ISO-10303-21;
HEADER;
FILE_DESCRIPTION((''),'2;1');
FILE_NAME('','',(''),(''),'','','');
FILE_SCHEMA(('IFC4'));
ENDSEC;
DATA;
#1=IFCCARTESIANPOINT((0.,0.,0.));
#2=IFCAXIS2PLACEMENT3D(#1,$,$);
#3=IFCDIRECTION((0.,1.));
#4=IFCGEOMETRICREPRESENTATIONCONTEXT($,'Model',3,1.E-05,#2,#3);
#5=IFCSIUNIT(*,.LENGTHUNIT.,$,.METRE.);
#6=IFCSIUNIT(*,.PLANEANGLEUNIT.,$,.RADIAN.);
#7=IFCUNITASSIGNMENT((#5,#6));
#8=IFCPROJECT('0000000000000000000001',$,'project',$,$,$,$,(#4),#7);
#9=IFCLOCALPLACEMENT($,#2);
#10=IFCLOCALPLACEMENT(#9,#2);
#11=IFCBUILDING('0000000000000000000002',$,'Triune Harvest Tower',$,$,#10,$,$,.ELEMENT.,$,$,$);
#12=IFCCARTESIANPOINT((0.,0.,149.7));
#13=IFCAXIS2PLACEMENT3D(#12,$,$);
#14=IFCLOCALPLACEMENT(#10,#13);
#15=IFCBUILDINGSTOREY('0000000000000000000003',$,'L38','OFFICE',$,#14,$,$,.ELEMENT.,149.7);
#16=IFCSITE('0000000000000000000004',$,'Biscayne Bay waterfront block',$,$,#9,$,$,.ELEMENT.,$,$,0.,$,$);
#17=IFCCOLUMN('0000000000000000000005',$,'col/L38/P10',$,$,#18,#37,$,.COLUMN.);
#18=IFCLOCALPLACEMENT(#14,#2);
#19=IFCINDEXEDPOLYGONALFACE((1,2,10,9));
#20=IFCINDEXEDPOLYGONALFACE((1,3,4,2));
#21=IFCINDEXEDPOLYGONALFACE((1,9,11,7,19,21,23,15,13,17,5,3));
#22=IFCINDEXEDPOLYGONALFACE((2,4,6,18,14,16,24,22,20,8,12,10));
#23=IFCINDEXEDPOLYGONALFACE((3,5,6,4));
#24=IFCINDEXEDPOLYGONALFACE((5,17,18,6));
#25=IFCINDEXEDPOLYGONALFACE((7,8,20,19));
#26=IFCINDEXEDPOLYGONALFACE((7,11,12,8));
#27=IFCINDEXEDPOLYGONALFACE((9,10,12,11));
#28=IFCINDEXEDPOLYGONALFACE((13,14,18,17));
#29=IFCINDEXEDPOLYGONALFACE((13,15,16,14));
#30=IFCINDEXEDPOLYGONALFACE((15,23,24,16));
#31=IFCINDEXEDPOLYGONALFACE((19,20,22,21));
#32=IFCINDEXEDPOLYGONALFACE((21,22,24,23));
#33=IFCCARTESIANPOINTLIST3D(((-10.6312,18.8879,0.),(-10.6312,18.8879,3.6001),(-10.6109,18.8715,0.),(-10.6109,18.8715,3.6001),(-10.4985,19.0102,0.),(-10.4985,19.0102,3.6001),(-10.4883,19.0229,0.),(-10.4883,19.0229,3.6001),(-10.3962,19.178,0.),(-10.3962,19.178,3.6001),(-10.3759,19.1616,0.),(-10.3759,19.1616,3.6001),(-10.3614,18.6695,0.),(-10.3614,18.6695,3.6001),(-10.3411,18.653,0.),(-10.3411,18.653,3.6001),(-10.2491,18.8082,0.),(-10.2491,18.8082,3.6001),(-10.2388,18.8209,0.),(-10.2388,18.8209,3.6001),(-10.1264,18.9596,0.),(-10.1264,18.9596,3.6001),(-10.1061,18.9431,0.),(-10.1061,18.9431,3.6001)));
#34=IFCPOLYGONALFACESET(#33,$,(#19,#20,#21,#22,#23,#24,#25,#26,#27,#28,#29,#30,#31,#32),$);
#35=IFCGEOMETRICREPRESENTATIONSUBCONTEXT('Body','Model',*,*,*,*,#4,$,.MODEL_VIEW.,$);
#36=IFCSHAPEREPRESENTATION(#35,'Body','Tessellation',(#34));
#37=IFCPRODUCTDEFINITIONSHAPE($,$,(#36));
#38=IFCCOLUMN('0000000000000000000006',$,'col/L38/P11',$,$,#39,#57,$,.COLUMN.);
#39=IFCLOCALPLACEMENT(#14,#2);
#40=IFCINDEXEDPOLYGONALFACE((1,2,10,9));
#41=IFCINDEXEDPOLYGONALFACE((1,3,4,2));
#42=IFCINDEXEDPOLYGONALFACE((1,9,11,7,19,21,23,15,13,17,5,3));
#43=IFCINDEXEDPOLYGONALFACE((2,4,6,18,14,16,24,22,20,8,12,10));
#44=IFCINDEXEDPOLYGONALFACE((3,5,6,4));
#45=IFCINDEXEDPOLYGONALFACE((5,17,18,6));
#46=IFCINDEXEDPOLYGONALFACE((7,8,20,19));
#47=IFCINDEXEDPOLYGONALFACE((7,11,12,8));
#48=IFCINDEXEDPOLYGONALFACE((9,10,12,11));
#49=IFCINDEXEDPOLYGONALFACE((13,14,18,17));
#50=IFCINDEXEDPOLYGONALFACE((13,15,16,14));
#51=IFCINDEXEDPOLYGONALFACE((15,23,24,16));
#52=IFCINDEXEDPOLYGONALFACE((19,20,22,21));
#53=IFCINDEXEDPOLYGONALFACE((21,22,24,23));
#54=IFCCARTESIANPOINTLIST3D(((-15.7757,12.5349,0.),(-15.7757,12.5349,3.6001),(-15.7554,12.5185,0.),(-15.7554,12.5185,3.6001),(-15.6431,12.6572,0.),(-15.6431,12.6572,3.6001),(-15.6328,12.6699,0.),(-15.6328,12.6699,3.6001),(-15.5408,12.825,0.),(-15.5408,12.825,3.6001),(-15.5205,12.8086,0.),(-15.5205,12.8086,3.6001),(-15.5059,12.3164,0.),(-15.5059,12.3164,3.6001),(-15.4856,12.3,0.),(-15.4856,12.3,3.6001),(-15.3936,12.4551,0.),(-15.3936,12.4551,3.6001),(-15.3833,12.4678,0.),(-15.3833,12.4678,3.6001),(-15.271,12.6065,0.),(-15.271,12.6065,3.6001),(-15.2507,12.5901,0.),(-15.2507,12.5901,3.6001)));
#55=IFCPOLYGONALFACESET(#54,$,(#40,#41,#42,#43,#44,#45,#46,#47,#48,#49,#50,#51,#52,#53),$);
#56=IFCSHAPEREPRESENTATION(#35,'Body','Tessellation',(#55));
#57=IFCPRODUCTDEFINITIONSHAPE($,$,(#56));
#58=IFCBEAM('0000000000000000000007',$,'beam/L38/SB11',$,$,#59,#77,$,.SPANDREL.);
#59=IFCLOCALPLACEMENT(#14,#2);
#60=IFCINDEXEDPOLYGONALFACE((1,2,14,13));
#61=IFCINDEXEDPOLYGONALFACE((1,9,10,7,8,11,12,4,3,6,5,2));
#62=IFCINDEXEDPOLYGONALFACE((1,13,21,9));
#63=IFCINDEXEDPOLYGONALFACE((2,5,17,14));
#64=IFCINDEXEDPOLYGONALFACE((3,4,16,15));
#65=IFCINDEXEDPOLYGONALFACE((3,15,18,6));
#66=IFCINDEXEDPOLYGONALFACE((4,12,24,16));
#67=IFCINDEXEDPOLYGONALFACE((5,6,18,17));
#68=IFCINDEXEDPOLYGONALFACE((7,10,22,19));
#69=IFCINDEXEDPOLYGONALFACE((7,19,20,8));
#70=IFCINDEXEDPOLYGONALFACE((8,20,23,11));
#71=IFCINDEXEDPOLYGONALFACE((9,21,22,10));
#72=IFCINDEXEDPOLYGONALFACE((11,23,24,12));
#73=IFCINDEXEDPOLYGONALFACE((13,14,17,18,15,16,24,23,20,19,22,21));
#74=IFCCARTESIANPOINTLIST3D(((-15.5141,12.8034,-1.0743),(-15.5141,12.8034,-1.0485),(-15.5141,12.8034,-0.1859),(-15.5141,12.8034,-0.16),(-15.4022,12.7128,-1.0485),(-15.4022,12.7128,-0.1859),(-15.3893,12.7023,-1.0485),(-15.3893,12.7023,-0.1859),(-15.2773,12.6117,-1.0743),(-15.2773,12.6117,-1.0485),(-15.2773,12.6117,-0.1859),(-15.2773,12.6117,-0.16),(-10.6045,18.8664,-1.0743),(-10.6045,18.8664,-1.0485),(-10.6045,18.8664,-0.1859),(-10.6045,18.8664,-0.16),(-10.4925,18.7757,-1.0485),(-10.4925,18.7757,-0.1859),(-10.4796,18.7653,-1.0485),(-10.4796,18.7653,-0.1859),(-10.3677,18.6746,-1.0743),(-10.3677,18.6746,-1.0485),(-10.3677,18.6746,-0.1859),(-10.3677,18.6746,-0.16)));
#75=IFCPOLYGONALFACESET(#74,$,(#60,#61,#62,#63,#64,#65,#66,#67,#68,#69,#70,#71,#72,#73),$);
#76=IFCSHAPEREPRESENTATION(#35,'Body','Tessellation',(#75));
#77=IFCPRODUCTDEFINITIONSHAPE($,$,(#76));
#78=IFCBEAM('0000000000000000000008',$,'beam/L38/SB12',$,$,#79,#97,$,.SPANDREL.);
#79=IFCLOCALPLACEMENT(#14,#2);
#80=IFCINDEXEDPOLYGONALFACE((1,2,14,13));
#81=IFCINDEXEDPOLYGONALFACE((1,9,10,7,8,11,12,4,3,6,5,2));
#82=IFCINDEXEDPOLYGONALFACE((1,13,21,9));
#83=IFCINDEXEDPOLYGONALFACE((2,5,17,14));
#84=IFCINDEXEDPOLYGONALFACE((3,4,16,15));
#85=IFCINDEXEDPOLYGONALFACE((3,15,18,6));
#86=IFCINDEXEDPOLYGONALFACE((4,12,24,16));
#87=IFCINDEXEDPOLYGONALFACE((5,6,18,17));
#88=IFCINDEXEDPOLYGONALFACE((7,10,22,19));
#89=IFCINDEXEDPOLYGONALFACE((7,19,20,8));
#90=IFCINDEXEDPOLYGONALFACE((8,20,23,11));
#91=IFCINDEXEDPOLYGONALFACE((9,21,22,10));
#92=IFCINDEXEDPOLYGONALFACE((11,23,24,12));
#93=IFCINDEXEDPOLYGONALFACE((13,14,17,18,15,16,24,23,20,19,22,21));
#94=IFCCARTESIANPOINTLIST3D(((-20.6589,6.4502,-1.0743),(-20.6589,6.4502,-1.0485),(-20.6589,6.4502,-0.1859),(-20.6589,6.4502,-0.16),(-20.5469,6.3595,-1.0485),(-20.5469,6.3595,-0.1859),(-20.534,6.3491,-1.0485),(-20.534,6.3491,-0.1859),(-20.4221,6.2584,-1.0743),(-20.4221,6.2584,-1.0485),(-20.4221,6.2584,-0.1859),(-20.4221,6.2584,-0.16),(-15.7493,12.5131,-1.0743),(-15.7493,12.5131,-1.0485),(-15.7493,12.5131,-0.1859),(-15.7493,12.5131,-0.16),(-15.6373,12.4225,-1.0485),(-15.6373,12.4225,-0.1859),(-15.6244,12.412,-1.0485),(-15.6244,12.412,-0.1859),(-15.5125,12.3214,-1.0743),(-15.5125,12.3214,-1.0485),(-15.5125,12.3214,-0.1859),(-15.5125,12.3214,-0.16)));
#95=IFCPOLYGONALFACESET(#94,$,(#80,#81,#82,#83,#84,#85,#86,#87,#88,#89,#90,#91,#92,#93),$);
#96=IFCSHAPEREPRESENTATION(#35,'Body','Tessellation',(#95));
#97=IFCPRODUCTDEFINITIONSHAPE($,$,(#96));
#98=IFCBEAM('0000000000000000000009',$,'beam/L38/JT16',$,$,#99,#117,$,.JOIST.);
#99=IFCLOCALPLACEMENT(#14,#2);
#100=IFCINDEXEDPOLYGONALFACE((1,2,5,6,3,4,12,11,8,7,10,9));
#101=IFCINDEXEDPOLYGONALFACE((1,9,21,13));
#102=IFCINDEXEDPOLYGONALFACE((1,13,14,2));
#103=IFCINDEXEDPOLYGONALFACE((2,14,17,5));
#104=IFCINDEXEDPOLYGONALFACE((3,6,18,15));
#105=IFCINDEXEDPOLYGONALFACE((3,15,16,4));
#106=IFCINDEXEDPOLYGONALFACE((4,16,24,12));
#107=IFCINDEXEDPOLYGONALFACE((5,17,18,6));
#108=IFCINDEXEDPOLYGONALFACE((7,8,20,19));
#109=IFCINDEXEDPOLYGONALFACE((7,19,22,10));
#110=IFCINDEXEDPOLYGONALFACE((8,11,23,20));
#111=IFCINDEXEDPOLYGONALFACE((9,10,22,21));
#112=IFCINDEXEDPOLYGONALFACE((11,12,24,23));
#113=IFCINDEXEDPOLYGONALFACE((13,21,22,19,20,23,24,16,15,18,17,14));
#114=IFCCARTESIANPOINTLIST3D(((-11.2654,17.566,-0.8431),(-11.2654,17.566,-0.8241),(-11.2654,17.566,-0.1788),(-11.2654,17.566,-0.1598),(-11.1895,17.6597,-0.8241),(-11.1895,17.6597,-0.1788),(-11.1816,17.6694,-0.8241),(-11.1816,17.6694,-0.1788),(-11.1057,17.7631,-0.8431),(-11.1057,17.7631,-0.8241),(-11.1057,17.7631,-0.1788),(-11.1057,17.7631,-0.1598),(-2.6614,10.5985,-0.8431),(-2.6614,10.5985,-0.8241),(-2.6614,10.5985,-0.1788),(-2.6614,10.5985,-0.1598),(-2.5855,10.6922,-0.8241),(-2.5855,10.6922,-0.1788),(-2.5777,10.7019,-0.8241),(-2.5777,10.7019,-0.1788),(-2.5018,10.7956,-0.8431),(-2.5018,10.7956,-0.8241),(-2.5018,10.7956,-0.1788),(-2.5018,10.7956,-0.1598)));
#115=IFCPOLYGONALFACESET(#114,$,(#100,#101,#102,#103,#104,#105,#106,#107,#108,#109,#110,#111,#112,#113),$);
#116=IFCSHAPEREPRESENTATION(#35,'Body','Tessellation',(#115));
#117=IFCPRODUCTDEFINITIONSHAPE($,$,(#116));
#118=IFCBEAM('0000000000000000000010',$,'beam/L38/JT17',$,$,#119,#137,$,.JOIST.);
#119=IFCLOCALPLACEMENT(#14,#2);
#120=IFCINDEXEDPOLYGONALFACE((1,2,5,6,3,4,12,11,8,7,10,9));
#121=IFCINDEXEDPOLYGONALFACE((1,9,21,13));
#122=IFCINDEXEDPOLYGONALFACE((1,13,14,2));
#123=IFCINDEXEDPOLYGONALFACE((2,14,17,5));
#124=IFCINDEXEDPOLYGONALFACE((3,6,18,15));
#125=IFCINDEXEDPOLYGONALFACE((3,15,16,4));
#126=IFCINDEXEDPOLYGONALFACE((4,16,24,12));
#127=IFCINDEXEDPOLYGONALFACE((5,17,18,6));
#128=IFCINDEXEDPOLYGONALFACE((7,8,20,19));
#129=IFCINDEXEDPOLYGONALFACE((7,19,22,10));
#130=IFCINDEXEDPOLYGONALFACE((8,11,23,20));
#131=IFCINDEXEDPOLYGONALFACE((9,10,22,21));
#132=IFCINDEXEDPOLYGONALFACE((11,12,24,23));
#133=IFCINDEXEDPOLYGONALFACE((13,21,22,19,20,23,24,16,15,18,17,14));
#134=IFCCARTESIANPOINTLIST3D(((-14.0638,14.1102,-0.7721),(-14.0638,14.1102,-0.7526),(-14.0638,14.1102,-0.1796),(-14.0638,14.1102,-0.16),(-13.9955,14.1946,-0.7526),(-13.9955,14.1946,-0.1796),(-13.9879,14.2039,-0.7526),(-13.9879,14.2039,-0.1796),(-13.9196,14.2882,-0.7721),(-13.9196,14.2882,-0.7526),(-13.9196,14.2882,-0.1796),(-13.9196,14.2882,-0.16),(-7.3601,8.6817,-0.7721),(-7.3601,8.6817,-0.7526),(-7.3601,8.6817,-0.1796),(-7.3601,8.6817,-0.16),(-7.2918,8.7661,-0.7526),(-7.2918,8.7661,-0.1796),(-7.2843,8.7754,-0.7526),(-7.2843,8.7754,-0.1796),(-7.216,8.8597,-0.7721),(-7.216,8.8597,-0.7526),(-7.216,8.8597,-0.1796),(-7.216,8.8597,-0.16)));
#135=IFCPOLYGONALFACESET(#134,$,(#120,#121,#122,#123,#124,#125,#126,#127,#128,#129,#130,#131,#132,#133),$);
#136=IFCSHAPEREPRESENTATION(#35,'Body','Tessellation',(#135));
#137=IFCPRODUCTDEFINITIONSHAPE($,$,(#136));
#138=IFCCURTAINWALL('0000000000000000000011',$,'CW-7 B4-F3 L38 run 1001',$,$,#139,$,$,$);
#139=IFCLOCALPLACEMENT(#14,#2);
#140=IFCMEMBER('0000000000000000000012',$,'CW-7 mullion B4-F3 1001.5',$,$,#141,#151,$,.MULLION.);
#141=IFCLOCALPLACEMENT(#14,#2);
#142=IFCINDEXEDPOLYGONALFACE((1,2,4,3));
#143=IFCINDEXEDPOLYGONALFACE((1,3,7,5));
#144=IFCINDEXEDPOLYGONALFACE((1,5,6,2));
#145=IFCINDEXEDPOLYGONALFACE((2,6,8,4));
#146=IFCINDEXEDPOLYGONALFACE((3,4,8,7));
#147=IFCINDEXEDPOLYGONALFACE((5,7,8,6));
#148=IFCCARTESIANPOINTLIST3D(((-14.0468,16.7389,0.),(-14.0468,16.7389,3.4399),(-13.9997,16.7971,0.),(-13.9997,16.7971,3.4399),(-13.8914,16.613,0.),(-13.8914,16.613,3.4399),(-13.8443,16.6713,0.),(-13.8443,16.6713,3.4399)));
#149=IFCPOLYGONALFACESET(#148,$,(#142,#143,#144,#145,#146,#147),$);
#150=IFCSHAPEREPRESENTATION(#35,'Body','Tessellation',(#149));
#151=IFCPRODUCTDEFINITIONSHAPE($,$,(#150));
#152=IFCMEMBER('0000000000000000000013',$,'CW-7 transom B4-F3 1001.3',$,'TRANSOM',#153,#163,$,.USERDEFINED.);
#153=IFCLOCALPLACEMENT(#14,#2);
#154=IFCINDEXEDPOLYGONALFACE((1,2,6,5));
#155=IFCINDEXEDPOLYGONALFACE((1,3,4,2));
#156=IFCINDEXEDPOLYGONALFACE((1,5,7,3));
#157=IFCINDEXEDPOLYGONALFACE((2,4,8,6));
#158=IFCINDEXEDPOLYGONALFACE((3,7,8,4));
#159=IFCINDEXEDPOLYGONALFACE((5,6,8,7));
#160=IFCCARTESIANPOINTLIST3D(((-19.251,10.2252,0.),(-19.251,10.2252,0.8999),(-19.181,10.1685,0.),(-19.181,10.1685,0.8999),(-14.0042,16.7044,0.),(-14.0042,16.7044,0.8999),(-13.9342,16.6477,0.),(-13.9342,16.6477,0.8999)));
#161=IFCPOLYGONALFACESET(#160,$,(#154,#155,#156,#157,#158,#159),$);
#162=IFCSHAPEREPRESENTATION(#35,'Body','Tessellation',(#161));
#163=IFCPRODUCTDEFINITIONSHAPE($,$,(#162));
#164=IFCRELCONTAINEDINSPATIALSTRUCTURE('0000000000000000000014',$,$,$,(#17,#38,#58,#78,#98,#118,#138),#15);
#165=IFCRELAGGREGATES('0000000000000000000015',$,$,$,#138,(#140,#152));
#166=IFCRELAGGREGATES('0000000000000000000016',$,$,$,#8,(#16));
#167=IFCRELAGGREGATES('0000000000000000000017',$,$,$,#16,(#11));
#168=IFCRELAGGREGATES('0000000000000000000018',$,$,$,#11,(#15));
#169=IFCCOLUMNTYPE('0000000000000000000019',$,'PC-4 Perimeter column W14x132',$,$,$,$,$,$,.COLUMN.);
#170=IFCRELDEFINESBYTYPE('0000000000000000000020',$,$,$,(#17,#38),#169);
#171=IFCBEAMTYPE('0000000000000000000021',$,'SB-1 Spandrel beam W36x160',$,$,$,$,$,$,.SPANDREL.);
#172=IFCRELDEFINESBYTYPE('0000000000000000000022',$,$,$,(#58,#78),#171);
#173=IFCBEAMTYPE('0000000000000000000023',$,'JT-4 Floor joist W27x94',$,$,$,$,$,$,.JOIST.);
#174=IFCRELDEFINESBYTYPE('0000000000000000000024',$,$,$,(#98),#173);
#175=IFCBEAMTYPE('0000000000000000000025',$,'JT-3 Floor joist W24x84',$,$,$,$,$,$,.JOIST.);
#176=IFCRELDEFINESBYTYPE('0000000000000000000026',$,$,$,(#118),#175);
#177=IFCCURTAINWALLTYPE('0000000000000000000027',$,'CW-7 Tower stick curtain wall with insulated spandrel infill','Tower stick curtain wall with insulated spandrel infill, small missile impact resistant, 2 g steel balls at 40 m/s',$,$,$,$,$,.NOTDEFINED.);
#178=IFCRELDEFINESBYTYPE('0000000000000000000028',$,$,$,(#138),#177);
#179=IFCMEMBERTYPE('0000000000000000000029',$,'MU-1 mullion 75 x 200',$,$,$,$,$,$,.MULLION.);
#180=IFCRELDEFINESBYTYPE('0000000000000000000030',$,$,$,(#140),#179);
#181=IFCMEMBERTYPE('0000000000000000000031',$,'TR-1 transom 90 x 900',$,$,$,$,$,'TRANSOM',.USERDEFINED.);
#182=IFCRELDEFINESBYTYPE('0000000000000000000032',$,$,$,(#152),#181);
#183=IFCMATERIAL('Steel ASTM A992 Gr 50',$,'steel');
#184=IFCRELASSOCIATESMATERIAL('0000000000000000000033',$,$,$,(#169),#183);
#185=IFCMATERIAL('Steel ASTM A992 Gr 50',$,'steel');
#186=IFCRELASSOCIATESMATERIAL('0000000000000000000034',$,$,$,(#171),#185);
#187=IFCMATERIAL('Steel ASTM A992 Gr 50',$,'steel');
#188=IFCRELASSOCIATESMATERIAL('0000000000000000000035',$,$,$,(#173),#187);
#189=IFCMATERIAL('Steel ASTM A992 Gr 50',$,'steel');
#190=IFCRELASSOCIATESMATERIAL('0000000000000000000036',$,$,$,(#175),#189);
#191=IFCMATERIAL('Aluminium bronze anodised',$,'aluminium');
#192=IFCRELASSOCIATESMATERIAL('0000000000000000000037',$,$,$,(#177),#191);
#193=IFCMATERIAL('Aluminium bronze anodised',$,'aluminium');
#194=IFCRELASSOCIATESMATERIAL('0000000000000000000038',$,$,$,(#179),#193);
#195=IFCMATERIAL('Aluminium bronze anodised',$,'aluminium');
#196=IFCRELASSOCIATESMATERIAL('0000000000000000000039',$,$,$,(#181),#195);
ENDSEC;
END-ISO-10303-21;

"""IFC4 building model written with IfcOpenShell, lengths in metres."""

from ifc_helpers import new_model, si_unit, direction, frame, origin, origin_2d, place, context, subcontext, project, spatial, rectangle, i_section, extrude, source, transform, mapped, material, material_profile, profile_set, type_object, element, aggregate, save


model = new_model("IFC4")

# Units and contexts
model_context = context("Model", 3, precision=1e-05, world=origin(), true_north=direction((0.0, 1.0)))
body_context = subcontext(model_context, "Body", "Model", "MODEL_VIEW")
ifc_project = project(units=[si_unit("LENGTHUNIT", "METRE"), si_unit("PLANEANGLEUNIT", "RADIAN")], contexts=[model_context])

# Site, building, storey
site_placement = place(None, origin())
site = spatial("IfcSite", under=ifc_project, at=site_placement, Name="Biscayne Bay waterfront block", CompositionType="ELEMENT", RefElevation=0.0)
building_placement = place(site_placement, origin())
building = spatial("IfcBuilding", under=site, at=building_placement, Name="Triune Harvest Tower", CompositionType="ELEMENT")
storey_placement = place(building_placement, frame((0.0, 0.0, 149.7)))
storey = spatial("IfcBuildingStorey", under=building, at=storey_placement, Name="L38", Description="OFFICE", CompositionType="ELEMENT", Elevation=149.7)

# Columns
ifc_material_1 = material(Name="Steel ASTM A992 Gr 50", Category="steel")
ifc_material_profile_1 = material_profile(ifc_material_1, i_section(OverallWidth=0.3733, OverallDepth=0.3733, WebThickness=0.0164, FlangeThickness=0.0261, at=origin_2d()), Name="W14x132")
ifc_profile_set_1 = profile_set([ifc_material_profile_1], Name="Steel ASTM A992 Gr 50")
column_type = type_object("IfcColumnType", Name="PC-4 Perimeter column W14x132", PredefinedType="COLUMN", material=ifc_profile_set_1)
shared_shape_1 = source(origin(), body_context, "Body", "SweptSolid", [
    extrude(i_section(OverallWidth=0.3733, OverallDepth=0.3733, WebThickness=0.0164, FlangeThickness=0.0261, at=origin_2d()), origin(), (0.0, 0.0, 1.0), 3.6001),
])
for number, where, z_axis, x_axis, name in (
    (1, (-10.3687, 18.9155, 0.0), (0.0, 0.0, 1.0), (-0.629322, -0.777145, 0.0), "col/L38/P10"),
    (2, (-15.5132, 12.5625, 0.0), (0.0, 0.0, 1.0), (-0.629322, -0.777145, 0.0), "col/L38/P11"),
):
    element("IfcColumn", number, at=place(storey_placement, frame(where, z_axis=z_axis, x_axis=x_axis)), inside=storey, type_object=column_type, Name=name, PredefinedType="COLUMN", context=body_context, shape_type="MappedRepresentation", body=[
        mapped(shared_shape_1, transform((0.0, 0.0, 0.0), scale=1.0)),
    ])

# Beams
ifc_material_2 = material(Name="Steel ASTM A992 Gr 50", Category="steel")
ifc_material_profile_2 = material_profile(ifc_material_2, i_section(OverallWidth=0.3047, OverallDepth=0.9143, WebThickness=0.0166, FlangeThickness=0.0259, at=origin_2d()), Name="W36x160")
ifc_profile_set_2 = profile_set([ifc_material_profile_2], Name="Steel ASTM A992 Gr 50")
beam_type_1 = type_object("IfcBeamType", Name="SB-1 Spandrel beam W36x160", PredefinedType="SPANDREL", material=ifc_profile_set_2)
shared_shape_2 = source(origin(), body_context, "Body", "SweptSolid", [
    extrude(i_section(OverallWidth=0.3047, OverallDepth=0.9143, WebThickness=0.0166, FlangeThickness=0.0259, at=origin_2d()), origin(), (0.0, 0.0, 1.0), 7.8015),
])
for number, where, z_axis, x_axis, name in (
    (3, (-10.4861, 18.7705, -0.6172), (-0.629317, -0.777149, 0.0), (0.777149, -0.629317, 0.0), "beam/L38/SB11"),
    (4, (-15.6309, 12.4172, -0.6172), (-0.629317, -0.777149, 0.0), (0.777149, -0.629317, 0.0), "beam/L38/SB12"),
):
    element("IfcBeam", number, at=place(storey_placement, frame(where, z_axis=z_axis, x_axis=x_axis)), inside=storey, type_object=beam_type_1, Name=name, PredefinedType="SPANDREL", context=body_context, shape_type="MappedRepresentation", body=[
        mapped(shared_shape_2, transform((0.0, 0.0, 0.0), scale=1.0)),
    ])
ifc_material_3 = material(Name="Steel ASTM A992 Gr 50", Category="steel")
ifc_material_profile_3 = material_profile(ifc_material_3, i_section(OverallWidth=0.2537, OverallDepth=0.6833, WebThickness=0.0125, FlangeThickness=0.019, at=origin_2d()), Name="W27x94")
ifc_profile_set_3 = profile_set([ifc_material_profile_3], Name="Steel ASTM A992 Gr 50")
beam_type_2 = type_object("IfcBeamType", Name="JT-4 Floor joist W27x94", PredefinedType="JOIST", material=ifc_profile_set_3)
shared_shape_3 = source(origin(), body_context, "Body", "SweptSolid", [
    extrude(i_section(OverallWidth=0.2537, OverallDepth=0.6833, WebThickness=0.0125, FlangeThickness=0.019, at=origin_2d()), origin(), (0.0, 0.0, 1.0), 11.0713),
])
beam_1_placement = place(storey_placement, frame((-11.1855, 17.6646, -0.5015), z_axis=(0.77714, -0.629328, 0.0), x_axis=(0.629328, 0.77714, 0.0)))
element("IfcBeam", 5, at=beam_1_placement, inside=storey, type_object=beam_type_2, Name="beam/L38/JT16", PredefinedType="JOIST", context=body_context, shape_type="MappedRepresentation", body=[
    mapped(shared_shape_3, transform((0.0, 0.0, 0.0), scale=1.0)),
])
ifc_material_4 = material(Name="Steel ASTM A992 Gr 50", Category="steel")
ifc_material_profile_4 = material_profile(ifc_material_4, i_section(OverallWidth=0.229, OverallDepth=0.6121, WebThickness=0.012, FlangeThickness=0.0195, at=origin_2d()), Name="W24x84")
ifc_profile_set_4 = profile_set([ifc_material_profile_4], Name="Steel ASTM A992 Gr 50")
beam_type_3 = type_object("IfcBeamType", Name="JT-3 Floor joist W24x84", PredefinedType="JOIST", material=ifc_profile_set_4)
shared_shape_4 = source(origin(), body_context, "Body", "SweptSolid", [
    extrude(i_section(OverallWidth=0.229, OverallDepth=0.6121, WebThickness=0.012, FlangeThickness=0.0195, at=origin_2d()), origin(), (0.0, 0.0, 1.0), 8.626),
])
beam_2_placement = place(storey_placement, frame((-13.9917, 14.1992, -0.4661), z_axis=(0.777147, -0.62932, 0.0), x_axis=(0.62932, 0.777147, 0.0)))
element("IfcBeam", 6, at=beam_2_placement, inside=storey, type_object=beam_type_3, Name="beam/L38/JT17", PredefinedType="JOIST", context=body_context, shape_type="MappedRepresentation", body=[
    mapped(shared_shape_4, transform((0.0, 0.0, 0.0), scale=1.0)),
])

# Curtain wall, members
ifc_material_5 = material(Name="Aluminium bronze anodised", Category="aluminium")
curtain_wall_type = type_object("IfcCurtainWallType", Name="CW-7 Tower stick curtain wall with insulated spandrel infill", Description="Tower stick curtain wall with insulated spandrel infill, small missile impact resistant, 2 g steel balls at 40 m/s", PredefinedType="NOTDEFINED", material=ifc_material_5)
curtain_wall_placement = place(storey_placement, origin())
curtain_wall = element("IfcCurtainWall", 7, at=curtain_wall_placement, inside=storey, type_object=curtain_wall_type, Name="CW-7 B4-F3 L38 run 1001")
ifc_material_6 = material(Name="Aluminium bronze anodised", Category="aluminium")
ifc_material_profile_5 = material_profile(ifc_material_6, rectangle(XDim=0.2, YDim=0.075, at=origin_2d()), Name="MU-1 mullion 75 x 200")
ifc_profile_set_5 = profile_set([ifc_material_profile_5], Name="Aluminium bronze anodised")
member_type_1 = type_object("IfcMemberType", Name="MU-1 mullion 75 x 200", PredefinedType="MULLION", material=ifc_profile_set_5)
shared_shape_5 = source(origin(), body_context, "Body", "SweptSolid", [
    extrude(rectangle(XDim=0.2, YDim=0.075, at=origin_2d()), origin(), (0.0, 0.0, 1.0), 3.4399),
])
member_1_placement = place(storey_placement, frame((-13.9456, 16.7051, 0.0), z_axis=(0.0, 0.0, 1.0), x_axis=(0.777144, -0.629322, 0.0)))
member_1 = element("IfcMember", 8, at=member_1_placement, type_object=member_type_1, Name="CW-7 mullion B4-F3 1001.5", PredefinedType="MULLION", context=body_context, shape_type="MappedRepresentation", body=[
    mapped(shared_shape_5, transform((0.0, 0.0, 0.0), scale=1.0)),
])
ifc_material_7 = material(Name="Aluminium bronze anodised", Category="aluminium")
ifc_material_profile_6 = material_profile(ifc_material_7, rectangle(XDim=0.0901, YDim=0.8999, at=origin_2d()), Name="TR-1 transom 90 x 900")
ifc_profile_set_6 = profile_set([ifc_material_profile_6], Name="Aluminium bronze anodised")
member_type_2 = type_object("IfcMemberType", Name="TR-1 transom 90 x 900", ElementType="TRANSOM", PredefinedType="USERDEFINED", material=ifc_profile_set_6)
shared_shape_6 = source(origin(), body_context, "Body", "SweptSolid", [
    extrude(rectangle(XDim=0.0901, YDim=0.8999, at=origin_2d()), origin(), (0.0, 0.0, 1.0), 8.3372),
])
member_2_placement = place(storey_placement, frame((-13.9692, 16.676, 0.45), z_axis=(-0.629323, -0.777144, 0.0), x_axis=(0.777144, -0.629323, 0.0)))
member_2 = element("IfcMember", 9, at=member_2_placement, type_object=member_type_2, Name="CW-7 transom B4-F3 1001.3", ObjectType="TRANSOM", PredefinedType="USERDEFINED", context=body_context, shape_type="MappedRepresentation", body=[
    mapped(shared_shape_6, transform((0.0, 0.0, 0.0), scale=1.0)),
])
aggregate(curtain_wall, [member_1, member_2])

save(model, "model.ifc")
